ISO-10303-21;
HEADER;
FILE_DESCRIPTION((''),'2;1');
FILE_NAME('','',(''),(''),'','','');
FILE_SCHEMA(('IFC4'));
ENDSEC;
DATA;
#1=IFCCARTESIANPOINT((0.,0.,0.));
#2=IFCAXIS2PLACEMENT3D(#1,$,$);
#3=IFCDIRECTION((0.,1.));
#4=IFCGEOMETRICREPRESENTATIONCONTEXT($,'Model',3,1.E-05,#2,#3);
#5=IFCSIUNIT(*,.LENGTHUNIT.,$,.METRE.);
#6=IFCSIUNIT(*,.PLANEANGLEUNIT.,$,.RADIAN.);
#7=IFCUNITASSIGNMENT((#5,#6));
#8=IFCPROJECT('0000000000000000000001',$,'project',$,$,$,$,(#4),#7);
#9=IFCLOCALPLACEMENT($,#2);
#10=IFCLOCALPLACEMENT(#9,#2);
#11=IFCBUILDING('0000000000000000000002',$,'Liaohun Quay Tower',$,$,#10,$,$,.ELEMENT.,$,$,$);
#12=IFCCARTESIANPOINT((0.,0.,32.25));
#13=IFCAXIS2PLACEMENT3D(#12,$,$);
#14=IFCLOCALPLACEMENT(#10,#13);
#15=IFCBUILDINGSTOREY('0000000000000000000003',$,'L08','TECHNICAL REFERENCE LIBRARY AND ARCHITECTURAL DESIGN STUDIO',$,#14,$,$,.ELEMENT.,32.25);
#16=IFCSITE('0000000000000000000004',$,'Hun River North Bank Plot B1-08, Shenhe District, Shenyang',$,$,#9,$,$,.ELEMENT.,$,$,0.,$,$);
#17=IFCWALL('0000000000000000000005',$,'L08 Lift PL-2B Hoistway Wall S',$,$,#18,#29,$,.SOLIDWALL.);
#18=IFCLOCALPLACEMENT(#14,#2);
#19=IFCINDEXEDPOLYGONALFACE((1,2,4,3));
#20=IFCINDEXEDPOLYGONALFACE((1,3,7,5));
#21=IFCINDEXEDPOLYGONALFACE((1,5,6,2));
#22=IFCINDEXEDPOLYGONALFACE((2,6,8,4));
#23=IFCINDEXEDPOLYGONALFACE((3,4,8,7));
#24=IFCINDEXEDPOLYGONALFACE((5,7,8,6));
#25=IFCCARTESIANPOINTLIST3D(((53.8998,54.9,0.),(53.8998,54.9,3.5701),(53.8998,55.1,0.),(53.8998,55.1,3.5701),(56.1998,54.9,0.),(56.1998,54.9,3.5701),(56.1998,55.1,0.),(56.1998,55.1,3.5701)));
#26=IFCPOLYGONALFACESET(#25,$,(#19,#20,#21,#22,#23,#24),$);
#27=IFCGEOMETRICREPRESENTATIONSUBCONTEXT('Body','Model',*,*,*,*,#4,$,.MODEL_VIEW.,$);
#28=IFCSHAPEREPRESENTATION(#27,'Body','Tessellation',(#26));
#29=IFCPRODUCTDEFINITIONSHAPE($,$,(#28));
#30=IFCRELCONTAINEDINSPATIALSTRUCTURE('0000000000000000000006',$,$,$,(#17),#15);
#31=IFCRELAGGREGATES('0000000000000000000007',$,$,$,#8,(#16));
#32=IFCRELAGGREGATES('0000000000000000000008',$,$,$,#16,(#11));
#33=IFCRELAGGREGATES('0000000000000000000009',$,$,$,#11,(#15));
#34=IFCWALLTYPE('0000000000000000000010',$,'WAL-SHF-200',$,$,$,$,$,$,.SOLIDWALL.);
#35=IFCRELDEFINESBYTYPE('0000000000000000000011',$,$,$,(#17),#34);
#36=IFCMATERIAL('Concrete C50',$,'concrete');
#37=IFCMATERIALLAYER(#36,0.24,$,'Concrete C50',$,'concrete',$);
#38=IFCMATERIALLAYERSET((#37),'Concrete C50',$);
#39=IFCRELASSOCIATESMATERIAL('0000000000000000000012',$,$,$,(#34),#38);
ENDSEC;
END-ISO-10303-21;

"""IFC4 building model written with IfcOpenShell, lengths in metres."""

from ifc_helpers import new_model, si_unit, direction, frame, frame_2d, origin, place, context, subcontext, project, spatial, rectangle, extrude, material, layer, layer_set, type_object, element, save


model = new_model("IFC4")

# Units and contexts
model_context = context("Model", 3, precision=1e-05, world=origin(), true_north=direction((0.0, 1.0)))
body_context = subcontext(model_context, "Body", "Model", "MODEL_VIEW")
ifc_project = project(units=[si_unit("LENGTHUNIT", "METRE"), si_unit("PLANEANGLEUNIT", "RADIAN")], contexts=[model_context])

# Site, building, storey
site_placement = place(None, origin())
site = spatial("IfcSite", under=ifc_project, at=site_placement, Name="Hun River North Bank Plot B1-08, Shenhe District, Shenyang", CompositionType="ELEMENT", RefElevation=0.0)
building_placement = place(site_placement, origin())
building = spatial("IfcBuilding", under=site, at=building_placement, Name="Liaohun Quay Tower", CompositionType="ELEMENT")
storey_placement = place(building_placement, frame((0.0, 0.0, 32.25)))
storey = spatial("IfcBuildingStorey", under=building, at=storey_placement, Name="L08", Description="TECHNICAL REFERENCE LIBRARY AND ARCHITECTURAL DESIGN STUDIO", CompositionType="ELEMENT", Elevation=32.25)

# Shared definitions
ifc_material_1 = material(Name="Concrete C50", Category="concrete")

# Shared definitions
ifc_layer_1 = layer(ifc_material_1, 0.24, Name="Concrete C50", Category="concrete")
ifc_layer_set_1 = layer_set([ifc_layer_1], Name="Concrete C50")
wall_type_1 = type_object("IfcWallType", Name="WAL-SHF-200", PredefinedType="SOLIDWALL", material=ifc_layer_set_1)

# Wall
wall_1_placement = place(storey_placement, frame((53.8999, 55.0, 0.0), z_axis=(0.0, 0.0, 1.0), x_axis=(1.0, 0.0, 0.0)))
element("IfcWall", 1, at=wall_1_placement, inside=storey, type_object=wall_type_1, Name="L08 Lift PL-2B Hoistway Wall S", PredefinedType="SOLIDWALL", context=body_context, shape_type="SweptSolid", body=[
    extrude(rectangle(XDim=2.3, YDim=0.2, at=frame_2d((1.1499, 0.0))), origin(), (0.0, 0.0, 1.0), 3.5701),
])

save(model, "model.ifc")
